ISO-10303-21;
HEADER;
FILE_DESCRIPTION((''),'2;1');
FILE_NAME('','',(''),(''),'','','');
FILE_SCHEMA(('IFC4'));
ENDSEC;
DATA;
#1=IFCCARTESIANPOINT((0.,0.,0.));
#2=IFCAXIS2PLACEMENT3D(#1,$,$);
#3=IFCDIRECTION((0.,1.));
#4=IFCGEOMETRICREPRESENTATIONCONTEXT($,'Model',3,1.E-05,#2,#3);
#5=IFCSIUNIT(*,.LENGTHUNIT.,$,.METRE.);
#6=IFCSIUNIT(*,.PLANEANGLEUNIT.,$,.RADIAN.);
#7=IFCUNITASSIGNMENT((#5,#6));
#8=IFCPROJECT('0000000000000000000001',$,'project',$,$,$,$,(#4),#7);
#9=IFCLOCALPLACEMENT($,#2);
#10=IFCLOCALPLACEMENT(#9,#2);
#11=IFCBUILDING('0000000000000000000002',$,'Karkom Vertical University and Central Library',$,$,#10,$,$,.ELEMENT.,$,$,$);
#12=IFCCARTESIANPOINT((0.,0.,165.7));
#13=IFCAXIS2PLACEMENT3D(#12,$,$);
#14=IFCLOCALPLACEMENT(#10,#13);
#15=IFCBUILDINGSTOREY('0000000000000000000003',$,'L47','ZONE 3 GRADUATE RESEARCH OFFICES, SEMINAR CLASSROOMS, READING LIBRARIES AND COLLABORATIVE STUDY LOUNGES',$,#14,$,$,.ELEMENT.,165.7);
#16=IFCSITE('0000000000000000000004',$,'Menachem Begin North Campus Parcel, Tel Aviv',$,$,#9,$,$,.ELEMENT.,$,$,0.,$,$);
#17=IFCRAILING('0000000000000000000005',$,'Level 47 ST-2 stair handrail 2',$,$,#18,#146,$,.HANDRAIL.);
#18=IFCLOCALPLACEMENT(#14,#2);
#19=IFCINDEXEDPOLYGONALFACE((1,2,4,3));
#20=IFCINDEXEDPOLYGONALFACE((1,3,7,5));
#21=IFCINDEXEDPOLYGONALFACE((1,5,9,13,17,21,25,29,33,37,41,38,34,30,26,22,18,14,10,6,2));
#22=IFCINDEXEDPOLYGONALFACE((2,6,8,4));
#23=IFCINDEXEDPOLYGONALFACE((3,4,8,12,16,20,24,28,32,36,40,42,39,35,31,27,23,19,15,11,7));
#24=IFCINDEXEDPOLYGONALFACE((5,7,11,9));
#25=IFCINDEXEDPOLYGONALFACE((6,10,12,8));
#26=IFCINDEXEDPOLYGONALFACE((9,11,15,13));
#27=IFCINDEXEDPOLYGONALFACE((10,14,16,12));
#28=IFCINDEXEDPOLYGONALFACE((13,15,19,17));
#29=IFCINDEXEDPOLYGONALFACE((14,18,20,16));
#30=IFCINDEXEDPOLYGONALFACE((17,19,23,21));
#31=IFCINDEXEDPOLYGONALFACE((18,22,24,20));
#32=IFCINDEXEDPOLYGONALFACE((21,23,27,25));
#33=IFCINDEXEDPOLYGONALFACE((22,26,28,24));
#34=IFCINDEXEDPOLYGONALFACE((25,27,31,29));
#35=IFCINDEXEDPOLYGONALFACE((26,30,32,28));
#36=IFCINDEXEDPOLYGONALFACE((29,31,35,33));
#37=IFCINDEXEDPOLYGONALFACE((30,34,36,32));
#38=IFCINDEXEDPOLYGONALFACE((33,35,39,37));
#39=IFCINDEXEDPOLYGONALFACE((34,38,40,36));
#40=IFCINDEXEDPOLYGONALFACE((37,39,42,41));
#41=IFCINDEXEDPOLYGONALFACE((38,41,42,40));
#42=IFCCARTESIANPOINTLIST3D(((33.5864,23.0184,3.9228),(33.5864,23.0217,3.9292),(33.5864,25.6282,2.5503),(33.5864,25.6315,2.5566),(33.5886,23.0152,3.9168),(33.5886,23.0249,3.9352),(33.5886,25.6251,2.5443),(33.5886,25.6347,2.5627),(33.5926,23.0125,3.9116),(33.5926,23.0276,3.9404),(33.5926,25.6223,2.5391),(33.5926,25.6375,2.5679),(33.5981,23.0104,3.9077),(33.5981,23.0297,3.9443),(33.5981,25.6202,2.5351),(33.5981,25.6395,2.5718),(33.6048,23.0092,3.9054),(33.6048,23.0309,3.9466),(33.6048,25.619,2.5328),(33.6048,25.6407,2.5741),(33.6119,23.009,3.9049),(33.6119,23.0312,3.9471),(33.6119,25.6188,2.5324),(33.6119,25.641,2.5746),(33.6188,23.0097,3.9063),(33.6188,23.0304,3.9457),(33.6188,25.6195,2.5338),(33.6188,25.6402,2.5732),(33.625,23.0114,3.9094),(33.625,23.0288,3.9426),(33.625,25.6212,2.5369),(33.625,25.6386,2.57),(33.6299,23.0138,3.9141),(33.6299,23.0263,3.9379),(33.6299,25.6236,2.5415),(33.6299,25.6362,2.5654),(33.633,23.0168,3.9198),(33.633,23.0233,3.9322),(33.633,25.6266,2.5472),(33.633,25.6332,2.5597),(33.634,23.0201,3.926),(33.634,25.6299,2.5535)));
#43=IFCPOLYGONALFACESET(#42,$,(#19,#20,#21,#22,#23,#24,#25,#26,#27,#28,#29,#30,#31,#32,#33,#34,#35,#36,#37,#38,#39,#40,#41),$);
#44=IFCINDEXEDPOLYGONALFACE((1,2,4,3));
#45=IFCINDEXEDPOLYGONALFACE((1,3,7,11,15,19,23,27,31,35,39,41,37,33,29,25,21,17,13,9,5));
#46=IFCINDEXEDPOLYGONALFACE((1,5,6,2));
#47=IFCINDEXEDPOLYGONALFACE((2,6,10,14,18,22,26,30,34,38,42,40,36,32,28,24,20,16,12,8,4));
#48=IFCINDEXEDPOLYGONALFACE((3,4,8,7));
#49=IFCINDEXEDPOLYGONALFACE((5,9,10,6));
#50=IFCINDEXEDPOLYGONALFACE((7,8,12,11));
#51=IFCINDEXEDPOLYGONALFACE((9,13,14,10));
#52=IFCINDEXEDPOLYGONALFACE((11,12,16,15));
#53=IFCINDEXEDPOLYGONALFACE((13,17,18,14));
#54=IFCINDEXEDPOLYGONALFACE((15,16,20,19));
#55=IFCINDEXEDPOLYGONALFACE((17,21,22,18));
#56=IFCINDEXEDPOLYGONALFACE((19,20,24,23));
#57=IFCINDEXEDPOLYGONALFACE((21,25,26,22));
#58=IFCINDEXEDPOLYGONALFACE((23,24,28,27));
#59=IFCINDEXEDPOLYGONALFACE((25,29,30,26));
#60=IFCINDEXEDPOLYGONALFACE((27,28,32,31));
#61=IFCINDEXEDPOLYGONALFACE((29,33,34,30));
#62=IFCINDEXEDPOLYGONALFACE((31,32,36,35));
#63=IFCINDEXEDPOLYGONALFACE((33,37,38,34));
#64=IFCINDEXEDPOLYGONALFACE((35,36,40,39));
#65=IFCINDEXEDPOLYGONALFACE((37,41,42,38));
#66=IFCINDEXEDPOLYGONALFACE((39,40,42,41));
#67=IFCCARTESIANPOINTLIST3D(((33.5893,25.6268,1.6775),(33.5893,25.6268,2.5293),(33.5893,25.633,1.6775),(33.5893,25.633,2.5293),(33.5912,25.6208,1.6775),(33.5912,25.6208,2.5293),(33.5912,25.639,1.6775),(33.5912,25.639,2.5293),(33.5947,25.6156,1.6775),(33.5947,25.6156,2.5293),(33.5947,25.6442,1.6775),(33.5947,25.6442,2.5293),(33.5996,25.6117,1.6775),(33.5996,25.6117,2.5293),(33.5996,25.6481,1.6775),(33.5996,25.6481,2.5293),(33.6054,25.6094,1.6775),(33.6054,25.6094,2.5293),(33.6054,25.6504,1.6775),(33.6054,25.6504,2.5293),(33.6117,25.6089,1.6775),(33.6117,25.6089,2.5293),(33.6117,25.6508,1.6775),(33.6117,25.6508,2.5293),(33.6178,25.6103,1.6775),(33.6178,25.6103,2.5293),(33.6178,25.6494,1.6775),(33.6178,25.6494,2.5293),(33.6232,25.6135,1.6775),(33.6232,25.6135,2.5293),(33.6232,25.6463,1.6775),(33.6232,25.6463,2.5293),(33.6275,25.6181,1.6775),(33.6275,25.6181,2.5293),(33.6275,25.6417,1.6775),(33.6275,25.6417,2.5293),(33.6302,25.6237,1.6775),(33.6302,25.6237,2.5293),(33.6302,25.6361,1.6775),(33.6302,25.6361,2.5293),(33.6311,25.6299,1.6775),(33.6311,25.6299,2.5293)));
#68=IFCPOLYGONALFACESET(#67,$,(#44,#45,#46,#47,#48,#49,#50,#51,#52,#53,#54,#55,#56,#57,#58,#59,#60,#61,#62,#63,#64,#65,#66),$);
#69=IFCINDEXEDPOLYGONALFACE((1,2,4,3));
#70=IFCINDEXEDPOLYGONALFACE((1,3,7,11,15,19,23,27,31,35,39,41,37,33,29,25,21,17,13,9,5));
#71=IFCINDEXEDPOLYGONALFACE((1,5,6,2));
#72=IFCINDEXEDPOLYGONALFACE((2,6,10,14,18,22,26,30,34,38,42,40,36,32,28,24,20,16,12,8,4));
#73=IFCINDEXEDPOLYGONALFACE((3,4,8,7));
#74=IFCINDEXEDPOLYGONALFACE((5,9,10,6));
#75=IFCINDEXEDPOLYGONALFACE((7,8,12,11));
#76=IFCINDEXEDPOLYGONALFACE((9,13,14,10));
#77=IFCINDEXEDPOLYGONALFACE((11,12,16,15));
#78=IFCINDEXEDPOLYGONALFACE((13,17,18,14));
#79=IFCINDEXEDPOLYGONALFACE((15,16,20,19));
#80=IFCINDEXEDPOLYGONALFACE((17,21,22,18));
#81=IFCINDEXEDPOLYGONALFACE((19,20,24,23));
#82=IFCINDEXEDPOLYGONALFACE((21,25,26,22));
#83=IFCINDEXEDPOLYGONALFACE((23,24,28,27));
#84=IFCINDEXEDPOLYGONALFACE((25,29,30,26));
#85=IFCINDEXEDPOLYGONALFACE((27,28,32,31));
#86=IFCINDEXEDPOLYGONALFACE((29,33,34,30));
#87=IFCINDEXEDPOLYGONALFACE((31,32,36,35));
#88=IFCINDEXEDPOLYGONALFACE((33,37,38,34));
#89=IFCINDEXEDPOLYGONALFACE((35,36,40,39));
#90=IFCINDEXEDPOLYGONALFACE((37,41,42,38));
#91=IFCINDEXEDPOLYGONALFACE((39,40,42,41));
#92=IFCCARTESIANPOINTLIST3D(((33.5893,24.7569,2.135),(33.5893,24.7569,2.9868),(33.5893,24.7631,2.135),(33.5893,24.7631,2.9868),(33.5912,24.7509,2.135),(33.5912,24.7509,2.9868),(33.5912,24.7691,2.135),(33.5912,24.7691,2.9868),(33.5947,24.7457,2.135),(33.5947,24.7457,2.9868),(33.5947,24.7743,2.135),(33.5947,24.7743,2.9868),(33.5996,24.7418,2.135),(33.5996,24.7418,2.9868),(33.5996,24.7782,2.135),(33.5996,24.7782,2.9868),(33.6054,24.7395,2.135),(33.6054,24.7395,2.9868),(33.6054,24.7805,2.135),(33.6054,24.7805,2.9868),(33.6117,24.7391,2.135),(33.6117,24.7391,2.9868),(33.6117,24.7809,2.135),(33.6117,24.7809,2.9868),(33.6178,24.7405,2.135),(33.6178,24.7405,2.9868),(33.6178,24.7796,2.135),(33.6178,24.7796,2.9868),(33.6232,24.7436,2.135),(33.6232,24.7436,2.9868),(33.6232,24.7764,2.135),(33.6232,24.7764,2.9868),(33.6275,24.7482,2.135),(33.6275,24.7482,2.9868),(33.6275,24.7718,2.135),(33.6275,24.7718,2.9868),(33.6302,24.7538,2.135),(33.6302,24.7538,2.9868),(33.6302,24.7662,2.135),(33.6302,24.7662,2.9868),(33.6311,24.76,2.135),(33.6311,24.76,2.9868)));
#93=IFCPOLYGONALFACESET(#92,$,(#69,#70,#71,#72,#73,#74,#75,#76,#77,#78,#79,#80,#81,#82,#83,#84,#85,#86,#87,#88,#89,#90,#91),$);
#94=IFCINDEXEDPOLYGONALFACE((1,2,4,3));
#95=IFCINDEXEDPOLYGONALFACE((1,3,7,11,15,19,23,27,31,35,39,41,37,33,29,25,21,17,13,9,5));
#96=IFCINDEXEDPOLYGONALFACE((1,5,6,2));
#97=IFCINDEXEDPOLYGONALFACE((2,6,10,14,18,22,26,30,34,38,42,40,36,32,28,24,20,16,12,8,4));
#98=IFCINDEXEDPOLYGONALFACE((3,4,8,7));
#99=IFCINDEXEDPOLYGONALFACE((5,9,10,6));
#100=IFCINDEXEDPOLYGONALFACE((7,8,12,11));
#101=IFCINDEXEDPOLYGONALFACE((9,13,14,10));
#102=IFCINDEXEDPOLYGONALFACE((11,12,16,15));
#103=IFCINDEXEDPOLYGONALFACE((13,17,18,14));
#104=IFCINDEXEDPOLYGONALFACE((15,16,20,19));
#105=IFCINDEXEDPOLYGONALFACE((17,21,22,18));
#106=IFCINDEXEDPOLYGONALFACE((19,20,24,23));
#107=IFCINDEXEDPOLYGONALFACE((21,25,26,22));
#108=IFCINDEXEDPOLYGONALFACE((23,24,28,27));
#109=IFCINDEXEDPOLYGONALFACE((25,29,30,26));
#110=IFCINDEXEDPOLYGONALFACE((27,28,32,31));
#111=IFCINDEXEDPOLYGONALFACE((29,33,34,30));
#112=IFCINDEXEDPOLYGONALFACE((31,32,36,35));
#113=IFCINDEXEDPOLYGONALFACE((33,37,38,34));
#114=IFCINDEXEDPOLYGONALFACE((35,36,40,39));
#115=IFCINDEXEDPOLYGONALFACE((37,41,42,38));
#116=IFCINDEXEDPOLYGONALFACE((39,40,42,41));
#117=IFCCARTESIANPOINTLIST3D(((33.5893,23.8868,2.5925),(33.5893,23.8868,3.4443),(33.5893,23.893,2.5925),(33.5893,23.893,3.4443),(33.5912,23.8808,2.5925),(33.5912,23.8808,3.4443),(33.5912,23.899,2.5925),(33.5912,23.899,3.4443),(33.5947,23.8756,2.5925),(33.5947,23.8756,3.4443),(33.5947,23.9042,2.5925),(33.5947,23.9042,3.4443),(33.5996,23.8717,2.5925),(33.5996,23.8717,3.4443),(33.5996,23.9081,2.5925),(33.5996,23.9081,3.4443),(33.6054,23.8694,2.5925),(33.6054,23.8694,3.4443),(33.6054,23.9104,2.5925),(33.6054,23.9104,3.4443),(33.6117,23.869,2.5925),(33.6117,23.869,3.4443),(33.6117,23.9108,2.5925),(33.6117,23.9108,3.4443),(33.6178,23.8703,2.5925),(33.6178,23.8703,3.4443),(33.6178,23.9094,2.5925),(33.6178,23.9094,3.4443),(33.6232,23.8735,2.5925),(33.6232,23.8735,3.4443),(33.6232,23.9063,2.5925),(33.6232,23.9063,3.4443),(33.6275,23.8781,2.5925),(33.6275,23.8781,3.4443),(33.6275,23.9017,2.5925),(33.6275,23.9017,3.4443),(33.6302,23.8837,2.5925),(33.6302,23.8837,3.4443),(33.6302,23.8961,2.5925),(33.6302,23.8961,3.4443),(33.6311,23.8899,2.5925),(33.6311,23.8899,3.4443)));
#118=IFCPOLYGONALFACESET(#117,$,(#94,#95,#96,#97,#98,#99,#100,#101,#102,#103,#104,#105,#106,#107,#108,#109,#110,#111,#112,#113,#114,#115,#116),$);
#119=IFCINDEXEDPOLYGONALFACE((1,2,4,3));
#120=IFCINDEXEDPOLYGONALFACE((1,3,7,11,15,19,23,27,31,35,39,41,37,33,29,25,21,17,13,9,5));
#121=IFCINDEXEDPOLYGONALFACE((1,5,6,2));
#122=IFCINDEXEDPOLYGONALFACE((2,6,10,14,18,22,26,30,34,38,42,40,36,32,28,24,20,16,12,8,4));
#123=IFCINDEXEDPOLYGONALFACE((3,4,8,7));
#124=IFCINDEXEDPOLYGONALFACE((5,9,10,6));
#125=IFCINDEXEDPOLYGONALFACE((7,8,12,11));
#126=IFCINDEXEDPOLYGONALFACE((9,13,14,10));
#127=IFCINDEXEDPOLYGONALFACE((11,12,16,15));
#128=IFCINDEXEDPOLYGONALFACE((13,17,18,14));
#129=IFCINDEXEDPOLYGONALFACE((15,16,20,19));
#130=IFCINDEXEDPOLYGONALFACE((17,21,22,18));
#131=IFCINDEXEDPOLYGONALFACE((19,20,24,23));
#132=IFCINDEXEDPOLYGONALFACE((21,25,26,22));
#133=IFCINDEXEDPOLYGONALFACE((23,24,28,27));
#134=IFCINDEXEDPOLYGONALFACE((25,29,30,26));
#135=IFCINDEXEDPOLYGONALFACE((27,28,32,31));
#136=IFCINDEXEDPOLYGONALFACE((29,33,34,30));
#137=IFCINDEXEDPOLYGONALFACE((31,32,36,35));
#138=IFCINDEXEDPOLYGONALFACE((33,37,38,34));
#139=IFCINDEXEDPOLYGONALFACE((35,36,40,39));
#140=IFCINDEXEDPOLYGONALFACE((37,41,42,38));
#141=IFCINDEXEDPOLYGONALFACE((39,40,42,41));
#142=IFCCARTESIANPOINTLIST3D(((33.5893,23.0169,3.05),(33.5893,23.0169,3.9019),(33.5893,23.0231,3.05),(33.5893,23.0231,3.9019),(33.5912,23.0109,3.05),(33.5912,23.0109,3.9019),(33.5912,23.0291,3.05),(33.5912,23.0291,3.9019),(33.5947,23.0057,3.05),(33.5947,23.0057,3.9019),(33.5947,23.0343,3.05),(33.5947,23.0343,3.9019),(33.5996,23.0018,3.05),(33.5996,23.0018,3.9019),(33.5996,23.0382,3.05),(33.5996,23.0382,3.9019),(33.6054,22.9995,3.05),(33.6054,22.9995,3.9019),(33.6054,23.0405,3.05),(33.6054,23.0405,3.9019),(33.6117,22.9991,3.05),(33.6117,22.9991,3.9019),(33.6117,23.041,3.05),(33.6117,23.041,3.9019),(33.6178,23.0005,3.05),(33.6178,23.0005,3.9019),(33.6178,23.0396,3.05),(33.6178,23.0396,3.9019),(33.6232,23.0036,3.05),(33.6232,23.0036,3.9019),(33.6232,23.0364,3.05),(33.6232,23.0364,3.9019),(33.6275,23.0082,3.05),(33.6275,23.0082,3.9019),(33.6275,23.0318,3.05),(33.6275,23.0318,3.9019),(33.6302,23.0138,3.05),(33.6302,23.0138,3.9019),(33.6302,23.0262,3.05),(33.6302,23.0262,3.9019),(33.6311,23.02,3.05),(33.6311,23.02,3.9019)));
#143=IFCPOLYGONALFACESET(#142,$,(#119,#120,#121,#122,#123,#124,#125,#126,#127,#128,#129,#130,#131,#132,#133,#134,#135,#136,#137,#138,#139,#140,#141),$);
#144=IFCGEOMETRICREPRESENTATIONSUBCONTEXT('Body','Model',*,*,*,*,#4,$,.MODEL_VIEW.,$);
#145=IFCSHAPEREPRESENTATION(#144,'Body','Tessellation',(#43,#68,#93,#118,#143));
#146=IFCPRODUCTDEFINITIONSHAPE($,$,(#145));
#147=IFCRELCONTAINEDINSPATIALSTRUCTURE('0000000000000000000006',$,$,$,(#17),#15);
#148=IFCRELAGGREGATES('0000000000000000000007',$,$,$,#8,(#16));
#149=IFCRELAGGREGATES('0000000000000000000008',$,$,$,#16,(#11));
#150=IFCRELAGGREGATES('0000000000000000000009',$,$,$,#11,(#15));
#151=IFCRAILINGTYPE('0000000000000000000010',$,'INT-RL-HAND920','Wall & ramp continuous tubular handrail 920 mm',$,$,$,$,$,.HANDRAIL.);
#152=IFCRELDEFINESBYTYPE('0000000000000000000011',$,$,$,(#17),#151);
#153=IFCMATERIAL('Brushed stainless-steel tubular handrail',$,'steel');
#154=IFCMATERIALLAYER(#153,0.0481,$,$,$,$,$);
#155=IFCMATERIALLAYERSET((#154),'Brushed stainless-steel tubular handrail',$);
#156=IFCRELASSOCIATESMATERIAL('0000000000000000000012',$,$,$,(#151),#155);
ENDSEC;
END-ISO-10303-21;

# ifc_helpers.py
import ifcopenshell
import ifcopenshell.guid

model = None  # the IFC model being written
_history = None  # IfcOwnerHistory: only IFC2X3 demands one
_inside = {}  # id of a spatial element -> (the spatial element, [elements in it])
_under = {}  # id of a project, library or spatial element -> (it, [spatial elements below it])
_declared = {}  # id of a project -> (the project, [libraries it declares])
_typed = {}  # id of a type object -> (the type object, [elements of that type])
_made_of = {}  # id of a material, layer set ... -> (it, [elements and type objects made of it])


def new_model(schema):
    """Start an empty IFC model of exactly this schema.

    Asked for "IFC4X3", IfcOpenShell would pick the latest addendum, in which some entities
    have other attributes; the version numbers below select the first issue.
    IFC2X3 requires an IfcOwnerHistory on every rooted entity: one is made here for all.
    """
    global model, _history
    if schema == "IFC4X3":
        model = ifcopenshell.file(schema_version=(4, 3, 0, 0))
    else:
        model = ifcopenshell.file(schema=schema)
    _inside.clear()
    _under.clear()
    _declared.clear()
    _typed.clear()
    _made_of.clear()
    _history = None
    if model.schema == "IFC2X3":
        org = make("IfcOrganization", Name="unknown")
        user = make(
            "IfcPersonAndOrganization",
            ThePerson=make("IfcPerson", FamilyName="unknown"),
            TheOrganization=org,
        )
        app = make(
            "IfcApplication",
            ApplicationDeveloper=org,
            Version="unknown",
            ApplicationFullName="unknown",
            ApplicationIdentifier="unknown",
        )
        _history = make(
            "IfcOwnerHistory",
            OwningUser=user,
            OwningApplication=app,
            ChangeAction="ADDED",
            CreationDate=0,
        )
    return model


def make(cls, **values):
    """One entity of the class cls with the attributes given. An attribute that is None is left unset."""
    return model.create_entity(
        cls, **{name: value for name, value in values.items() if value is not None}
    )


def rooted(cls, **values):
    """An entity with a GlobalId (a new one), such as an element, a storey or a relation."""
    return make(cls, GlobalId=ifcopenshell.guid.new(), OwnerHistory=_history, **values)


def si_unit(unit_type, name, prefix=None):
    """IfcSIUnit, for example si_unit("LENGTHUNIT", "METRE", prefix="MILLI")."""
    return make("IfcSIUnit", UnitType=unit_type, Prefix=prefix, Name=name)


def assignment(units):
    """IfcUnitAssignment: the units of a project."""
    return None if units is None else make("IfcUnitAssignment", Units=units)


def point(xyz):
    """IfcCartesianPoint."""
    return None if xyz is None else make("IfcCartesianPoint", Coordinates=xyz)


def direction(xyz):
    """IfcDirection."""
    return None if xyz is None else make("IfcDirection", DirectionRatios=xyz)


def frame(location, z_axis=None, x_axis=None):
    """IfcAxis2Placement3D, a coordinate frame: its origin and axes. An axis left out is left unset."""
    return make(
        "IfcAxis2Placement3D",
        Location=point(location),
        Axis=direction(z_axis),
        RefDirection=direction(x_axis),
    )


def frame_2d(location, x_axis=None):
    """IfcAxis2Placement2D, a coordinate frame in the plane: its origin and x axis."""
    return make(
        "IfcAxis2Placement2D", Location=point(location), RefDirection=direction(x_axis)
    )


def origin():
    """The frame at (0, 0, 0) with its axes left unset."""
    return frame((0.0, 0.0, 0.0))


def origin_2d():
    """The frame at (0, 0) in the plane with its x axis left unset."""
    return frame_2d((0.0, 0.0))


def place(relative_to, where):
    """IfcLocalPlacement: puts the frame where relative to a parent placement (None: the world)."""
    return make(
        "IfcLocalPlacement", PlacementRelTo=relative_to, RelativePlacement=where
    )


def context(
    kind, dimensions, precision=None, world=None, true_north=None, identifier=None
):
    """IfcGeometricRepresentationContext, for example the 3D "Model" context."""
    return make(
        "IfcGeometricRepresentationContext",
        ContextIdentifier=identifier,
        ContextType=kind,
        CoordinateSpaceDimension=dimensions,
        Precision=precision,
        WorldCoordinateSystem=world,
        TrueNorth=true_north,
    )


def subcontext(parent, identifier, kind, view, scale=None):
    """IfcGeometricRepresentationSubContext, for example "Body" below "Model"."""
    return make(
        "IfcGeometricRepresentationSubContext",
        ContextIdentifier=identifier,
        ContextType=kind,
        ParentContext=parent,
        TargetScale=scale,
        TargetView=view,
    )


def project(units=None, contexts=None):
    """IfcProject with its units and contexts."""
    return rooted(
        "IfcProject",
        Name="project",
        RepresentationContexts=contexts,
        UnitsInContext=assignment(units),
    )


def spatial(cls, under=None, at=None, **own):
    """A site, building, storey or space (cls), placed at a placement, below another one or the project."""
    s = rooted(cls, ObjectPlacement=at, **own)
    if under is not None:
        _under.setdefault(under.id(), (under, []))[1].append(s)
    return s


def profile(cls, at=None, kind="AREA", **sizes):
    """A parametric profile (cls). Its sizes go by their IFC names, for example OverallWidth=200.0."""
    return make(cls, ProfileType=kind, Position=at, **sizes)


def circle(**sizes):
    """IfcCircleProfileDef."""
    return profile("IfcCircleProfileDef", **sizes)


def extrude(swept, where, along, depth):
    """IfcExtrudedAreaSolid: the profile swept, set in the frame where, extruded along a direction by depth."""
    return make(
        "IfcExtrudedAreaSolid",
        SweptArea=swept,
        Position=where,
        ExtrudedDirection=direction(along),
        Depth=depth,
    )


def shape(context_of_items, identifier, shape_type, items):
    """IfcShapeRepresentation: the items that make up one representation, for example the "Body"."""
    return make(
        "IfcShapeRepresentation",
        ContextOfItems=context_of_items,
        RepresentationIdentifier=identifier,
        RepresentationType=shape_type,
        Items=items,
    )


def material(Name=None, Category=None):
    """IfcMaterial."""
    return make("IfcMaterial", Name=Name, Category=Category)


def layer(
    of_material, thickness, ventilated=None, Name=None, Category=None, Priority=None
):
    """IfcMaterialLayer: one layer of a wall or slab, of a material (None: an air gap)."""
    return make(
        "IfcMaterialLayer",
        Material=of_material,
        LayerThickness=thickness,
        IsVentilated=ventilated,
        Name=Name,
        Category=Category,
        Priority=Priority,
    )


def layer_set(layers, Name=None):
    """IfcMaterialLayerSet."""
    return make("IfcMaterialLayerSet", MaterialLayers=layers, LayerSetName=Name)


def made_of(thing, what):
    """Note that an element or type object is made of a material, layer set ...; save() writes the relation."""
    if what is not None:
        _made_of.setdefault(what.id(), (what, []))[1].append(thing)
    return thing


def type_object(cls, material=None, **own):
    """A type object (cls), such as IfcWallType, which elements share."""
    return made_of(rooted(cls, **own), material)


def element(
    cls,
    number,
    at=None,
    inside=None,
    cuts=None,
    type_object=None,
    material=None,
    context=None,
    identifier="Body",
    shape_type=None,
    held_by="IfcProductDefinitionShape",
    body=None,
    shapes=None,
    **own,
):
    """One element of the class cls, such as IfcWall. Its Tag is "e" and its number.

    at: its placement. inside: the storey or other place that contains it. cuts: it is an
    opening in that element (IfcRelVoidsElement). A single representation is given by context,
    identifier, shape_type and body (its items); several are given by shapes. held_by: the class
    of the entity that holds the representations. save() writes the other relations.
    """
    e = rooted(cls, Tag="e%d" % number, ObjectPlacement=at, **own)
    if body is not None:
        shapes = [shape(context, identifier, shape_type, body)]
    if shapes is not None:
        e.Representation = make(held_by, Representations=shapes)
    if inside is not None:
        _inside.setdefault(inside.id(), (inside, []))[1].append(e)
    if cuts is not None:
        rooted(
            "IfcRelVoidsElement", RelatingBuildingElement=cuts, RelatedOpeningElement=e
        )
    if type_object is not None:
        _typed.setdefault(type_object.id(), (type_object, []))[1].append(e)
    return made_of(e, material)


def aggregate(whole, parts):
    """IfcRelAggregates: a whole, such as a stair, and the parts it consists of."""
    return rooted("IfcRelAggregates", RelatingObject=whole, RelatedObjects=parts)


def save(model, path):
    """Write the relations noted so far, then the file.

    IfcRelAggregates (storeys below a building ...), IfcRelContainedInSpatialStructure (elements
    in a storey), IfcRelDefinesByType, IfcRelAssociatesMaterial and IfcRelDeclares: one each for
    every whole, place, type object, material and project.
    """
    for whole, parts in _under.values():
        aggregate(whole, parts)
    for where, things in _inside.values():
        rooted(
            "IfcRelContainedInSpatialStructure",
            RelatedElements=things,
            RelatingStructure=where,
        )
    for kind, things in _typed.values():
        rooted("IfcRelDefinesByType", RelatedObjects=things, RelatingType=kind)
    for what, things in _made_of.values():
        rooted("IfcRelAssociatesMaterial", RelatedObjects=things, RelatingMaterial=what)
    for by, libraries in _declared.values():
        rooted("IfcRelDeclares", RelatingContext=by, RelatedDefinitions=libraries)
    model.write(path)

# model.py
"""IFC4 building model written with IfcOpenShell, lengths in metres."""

from ifc_helpers import new_model, si_unit, direction, frame, origin, origin_2d, place, context, subcontext, project, spatial, circle, extrude, material, layer, layer_set, type_object, element, save


model = new_model("IFC4")

# Units and contexts
model_context = context("Model", 3, precision=1e-05, world=origin(), true_north=direction((0.0, 1.0)))
body_context = subcontext(model_context, "Body", "Model", "MODEL_VIEW")
ifc_project = project(units=[si_unit("LENGTHUNIT", "METRE"), si_unit("PLANEANGLEUNIT", "RADIAN")], contexts=[model_context])

# Site, building, storey
site_placement = place(None, origin())
site = spatial("IfcSite", under=ifc_project, at=site_placement, Name="Menachem Begin North Campus Parcel, Tel Aviv", CompositionType="ELEMENT", RefElevation=0.0)
building_placement = place(site_placement, origin())
building = spatial("IfcBuilding", under=site, at=building_placement, Name="Karkom Vertical University and Central Library", CompositionType="ELEMENT")
storey_placement = place(building_placement, frame((0.0, 0.0, 165.7)))
storey = spatial("IfcBuildingStorey", under=building, at=storey_placement, Name="L47", Description="ZONE 3 GRADUATE RESEARCH OFFICES, SEMINAR CLASSROOMS, READING LIBRARIES AND COLLABORATIVE STUDY LOUNGES", CompositionType="ELEMENT", Elevation=165.7)

# Railing
ifc_material_1 = material(Name="Brushed stainless-steel tubular handrail", Category="steel")
ifc_layer_1 = layer(ifc_material_1, 0.0481)
ifc_layer_set_1 = layer_set([ifc_layer_1], Name="Brushed stainless-steel tubular handrail")
railing_type_1 = type_object("IfcRailingType", Name="INT-RL-HAND920", Description="Wall & ramp continuous tubular handrail 920 mm", PredefinedType="HANDRAIL", material=ifc_layer_set_1)
railing_1_placement = place(storey_placement, frame((33.6101, 25.6299, 1.6775)))
element("IfcRailing", 1, at=railing_1_placement, inside=storey, type_object=railing_type_1, Name="Level 47 ST-2 stair handrail 2", PredefinedType="HANDRAIL", context=body_context, shape_type="SweptSolid", body=[
    extrude(circle(Radius=0.0239, at=origin_2d()), frame((0.0, 0.0, 0.876), z_axis=(0.0, -0.885065, 0.465467), x_axis=(1.0, 0.0, 0.0)), (0.0, 0.0, 1.0), 2.9487),
    extrude(circle(Radius=0.021, at=origin_2d()), origin(), (0.0, 0.0, 1.0), 0.8518),
    extrude(circle(Radius=0.021, at=origin_2d()), frame((0.0, -0.8699, 0.4575)), (0.0, 0.0, 1.0), 0.8518),
    extrude(circle(Radius=0.021, at=origin_2d()), frame((0.0, -1.74, 0.915)), (0.0, 0.0, 1.0), 0.8518),
    extrude(circle(Radius=0.021, at=origin_2d()), frame((0.0, -2.6099, 1.3726)), (0.0, 0.0, 1.0), 0.8518),
])

save(model, "model.ifc")
